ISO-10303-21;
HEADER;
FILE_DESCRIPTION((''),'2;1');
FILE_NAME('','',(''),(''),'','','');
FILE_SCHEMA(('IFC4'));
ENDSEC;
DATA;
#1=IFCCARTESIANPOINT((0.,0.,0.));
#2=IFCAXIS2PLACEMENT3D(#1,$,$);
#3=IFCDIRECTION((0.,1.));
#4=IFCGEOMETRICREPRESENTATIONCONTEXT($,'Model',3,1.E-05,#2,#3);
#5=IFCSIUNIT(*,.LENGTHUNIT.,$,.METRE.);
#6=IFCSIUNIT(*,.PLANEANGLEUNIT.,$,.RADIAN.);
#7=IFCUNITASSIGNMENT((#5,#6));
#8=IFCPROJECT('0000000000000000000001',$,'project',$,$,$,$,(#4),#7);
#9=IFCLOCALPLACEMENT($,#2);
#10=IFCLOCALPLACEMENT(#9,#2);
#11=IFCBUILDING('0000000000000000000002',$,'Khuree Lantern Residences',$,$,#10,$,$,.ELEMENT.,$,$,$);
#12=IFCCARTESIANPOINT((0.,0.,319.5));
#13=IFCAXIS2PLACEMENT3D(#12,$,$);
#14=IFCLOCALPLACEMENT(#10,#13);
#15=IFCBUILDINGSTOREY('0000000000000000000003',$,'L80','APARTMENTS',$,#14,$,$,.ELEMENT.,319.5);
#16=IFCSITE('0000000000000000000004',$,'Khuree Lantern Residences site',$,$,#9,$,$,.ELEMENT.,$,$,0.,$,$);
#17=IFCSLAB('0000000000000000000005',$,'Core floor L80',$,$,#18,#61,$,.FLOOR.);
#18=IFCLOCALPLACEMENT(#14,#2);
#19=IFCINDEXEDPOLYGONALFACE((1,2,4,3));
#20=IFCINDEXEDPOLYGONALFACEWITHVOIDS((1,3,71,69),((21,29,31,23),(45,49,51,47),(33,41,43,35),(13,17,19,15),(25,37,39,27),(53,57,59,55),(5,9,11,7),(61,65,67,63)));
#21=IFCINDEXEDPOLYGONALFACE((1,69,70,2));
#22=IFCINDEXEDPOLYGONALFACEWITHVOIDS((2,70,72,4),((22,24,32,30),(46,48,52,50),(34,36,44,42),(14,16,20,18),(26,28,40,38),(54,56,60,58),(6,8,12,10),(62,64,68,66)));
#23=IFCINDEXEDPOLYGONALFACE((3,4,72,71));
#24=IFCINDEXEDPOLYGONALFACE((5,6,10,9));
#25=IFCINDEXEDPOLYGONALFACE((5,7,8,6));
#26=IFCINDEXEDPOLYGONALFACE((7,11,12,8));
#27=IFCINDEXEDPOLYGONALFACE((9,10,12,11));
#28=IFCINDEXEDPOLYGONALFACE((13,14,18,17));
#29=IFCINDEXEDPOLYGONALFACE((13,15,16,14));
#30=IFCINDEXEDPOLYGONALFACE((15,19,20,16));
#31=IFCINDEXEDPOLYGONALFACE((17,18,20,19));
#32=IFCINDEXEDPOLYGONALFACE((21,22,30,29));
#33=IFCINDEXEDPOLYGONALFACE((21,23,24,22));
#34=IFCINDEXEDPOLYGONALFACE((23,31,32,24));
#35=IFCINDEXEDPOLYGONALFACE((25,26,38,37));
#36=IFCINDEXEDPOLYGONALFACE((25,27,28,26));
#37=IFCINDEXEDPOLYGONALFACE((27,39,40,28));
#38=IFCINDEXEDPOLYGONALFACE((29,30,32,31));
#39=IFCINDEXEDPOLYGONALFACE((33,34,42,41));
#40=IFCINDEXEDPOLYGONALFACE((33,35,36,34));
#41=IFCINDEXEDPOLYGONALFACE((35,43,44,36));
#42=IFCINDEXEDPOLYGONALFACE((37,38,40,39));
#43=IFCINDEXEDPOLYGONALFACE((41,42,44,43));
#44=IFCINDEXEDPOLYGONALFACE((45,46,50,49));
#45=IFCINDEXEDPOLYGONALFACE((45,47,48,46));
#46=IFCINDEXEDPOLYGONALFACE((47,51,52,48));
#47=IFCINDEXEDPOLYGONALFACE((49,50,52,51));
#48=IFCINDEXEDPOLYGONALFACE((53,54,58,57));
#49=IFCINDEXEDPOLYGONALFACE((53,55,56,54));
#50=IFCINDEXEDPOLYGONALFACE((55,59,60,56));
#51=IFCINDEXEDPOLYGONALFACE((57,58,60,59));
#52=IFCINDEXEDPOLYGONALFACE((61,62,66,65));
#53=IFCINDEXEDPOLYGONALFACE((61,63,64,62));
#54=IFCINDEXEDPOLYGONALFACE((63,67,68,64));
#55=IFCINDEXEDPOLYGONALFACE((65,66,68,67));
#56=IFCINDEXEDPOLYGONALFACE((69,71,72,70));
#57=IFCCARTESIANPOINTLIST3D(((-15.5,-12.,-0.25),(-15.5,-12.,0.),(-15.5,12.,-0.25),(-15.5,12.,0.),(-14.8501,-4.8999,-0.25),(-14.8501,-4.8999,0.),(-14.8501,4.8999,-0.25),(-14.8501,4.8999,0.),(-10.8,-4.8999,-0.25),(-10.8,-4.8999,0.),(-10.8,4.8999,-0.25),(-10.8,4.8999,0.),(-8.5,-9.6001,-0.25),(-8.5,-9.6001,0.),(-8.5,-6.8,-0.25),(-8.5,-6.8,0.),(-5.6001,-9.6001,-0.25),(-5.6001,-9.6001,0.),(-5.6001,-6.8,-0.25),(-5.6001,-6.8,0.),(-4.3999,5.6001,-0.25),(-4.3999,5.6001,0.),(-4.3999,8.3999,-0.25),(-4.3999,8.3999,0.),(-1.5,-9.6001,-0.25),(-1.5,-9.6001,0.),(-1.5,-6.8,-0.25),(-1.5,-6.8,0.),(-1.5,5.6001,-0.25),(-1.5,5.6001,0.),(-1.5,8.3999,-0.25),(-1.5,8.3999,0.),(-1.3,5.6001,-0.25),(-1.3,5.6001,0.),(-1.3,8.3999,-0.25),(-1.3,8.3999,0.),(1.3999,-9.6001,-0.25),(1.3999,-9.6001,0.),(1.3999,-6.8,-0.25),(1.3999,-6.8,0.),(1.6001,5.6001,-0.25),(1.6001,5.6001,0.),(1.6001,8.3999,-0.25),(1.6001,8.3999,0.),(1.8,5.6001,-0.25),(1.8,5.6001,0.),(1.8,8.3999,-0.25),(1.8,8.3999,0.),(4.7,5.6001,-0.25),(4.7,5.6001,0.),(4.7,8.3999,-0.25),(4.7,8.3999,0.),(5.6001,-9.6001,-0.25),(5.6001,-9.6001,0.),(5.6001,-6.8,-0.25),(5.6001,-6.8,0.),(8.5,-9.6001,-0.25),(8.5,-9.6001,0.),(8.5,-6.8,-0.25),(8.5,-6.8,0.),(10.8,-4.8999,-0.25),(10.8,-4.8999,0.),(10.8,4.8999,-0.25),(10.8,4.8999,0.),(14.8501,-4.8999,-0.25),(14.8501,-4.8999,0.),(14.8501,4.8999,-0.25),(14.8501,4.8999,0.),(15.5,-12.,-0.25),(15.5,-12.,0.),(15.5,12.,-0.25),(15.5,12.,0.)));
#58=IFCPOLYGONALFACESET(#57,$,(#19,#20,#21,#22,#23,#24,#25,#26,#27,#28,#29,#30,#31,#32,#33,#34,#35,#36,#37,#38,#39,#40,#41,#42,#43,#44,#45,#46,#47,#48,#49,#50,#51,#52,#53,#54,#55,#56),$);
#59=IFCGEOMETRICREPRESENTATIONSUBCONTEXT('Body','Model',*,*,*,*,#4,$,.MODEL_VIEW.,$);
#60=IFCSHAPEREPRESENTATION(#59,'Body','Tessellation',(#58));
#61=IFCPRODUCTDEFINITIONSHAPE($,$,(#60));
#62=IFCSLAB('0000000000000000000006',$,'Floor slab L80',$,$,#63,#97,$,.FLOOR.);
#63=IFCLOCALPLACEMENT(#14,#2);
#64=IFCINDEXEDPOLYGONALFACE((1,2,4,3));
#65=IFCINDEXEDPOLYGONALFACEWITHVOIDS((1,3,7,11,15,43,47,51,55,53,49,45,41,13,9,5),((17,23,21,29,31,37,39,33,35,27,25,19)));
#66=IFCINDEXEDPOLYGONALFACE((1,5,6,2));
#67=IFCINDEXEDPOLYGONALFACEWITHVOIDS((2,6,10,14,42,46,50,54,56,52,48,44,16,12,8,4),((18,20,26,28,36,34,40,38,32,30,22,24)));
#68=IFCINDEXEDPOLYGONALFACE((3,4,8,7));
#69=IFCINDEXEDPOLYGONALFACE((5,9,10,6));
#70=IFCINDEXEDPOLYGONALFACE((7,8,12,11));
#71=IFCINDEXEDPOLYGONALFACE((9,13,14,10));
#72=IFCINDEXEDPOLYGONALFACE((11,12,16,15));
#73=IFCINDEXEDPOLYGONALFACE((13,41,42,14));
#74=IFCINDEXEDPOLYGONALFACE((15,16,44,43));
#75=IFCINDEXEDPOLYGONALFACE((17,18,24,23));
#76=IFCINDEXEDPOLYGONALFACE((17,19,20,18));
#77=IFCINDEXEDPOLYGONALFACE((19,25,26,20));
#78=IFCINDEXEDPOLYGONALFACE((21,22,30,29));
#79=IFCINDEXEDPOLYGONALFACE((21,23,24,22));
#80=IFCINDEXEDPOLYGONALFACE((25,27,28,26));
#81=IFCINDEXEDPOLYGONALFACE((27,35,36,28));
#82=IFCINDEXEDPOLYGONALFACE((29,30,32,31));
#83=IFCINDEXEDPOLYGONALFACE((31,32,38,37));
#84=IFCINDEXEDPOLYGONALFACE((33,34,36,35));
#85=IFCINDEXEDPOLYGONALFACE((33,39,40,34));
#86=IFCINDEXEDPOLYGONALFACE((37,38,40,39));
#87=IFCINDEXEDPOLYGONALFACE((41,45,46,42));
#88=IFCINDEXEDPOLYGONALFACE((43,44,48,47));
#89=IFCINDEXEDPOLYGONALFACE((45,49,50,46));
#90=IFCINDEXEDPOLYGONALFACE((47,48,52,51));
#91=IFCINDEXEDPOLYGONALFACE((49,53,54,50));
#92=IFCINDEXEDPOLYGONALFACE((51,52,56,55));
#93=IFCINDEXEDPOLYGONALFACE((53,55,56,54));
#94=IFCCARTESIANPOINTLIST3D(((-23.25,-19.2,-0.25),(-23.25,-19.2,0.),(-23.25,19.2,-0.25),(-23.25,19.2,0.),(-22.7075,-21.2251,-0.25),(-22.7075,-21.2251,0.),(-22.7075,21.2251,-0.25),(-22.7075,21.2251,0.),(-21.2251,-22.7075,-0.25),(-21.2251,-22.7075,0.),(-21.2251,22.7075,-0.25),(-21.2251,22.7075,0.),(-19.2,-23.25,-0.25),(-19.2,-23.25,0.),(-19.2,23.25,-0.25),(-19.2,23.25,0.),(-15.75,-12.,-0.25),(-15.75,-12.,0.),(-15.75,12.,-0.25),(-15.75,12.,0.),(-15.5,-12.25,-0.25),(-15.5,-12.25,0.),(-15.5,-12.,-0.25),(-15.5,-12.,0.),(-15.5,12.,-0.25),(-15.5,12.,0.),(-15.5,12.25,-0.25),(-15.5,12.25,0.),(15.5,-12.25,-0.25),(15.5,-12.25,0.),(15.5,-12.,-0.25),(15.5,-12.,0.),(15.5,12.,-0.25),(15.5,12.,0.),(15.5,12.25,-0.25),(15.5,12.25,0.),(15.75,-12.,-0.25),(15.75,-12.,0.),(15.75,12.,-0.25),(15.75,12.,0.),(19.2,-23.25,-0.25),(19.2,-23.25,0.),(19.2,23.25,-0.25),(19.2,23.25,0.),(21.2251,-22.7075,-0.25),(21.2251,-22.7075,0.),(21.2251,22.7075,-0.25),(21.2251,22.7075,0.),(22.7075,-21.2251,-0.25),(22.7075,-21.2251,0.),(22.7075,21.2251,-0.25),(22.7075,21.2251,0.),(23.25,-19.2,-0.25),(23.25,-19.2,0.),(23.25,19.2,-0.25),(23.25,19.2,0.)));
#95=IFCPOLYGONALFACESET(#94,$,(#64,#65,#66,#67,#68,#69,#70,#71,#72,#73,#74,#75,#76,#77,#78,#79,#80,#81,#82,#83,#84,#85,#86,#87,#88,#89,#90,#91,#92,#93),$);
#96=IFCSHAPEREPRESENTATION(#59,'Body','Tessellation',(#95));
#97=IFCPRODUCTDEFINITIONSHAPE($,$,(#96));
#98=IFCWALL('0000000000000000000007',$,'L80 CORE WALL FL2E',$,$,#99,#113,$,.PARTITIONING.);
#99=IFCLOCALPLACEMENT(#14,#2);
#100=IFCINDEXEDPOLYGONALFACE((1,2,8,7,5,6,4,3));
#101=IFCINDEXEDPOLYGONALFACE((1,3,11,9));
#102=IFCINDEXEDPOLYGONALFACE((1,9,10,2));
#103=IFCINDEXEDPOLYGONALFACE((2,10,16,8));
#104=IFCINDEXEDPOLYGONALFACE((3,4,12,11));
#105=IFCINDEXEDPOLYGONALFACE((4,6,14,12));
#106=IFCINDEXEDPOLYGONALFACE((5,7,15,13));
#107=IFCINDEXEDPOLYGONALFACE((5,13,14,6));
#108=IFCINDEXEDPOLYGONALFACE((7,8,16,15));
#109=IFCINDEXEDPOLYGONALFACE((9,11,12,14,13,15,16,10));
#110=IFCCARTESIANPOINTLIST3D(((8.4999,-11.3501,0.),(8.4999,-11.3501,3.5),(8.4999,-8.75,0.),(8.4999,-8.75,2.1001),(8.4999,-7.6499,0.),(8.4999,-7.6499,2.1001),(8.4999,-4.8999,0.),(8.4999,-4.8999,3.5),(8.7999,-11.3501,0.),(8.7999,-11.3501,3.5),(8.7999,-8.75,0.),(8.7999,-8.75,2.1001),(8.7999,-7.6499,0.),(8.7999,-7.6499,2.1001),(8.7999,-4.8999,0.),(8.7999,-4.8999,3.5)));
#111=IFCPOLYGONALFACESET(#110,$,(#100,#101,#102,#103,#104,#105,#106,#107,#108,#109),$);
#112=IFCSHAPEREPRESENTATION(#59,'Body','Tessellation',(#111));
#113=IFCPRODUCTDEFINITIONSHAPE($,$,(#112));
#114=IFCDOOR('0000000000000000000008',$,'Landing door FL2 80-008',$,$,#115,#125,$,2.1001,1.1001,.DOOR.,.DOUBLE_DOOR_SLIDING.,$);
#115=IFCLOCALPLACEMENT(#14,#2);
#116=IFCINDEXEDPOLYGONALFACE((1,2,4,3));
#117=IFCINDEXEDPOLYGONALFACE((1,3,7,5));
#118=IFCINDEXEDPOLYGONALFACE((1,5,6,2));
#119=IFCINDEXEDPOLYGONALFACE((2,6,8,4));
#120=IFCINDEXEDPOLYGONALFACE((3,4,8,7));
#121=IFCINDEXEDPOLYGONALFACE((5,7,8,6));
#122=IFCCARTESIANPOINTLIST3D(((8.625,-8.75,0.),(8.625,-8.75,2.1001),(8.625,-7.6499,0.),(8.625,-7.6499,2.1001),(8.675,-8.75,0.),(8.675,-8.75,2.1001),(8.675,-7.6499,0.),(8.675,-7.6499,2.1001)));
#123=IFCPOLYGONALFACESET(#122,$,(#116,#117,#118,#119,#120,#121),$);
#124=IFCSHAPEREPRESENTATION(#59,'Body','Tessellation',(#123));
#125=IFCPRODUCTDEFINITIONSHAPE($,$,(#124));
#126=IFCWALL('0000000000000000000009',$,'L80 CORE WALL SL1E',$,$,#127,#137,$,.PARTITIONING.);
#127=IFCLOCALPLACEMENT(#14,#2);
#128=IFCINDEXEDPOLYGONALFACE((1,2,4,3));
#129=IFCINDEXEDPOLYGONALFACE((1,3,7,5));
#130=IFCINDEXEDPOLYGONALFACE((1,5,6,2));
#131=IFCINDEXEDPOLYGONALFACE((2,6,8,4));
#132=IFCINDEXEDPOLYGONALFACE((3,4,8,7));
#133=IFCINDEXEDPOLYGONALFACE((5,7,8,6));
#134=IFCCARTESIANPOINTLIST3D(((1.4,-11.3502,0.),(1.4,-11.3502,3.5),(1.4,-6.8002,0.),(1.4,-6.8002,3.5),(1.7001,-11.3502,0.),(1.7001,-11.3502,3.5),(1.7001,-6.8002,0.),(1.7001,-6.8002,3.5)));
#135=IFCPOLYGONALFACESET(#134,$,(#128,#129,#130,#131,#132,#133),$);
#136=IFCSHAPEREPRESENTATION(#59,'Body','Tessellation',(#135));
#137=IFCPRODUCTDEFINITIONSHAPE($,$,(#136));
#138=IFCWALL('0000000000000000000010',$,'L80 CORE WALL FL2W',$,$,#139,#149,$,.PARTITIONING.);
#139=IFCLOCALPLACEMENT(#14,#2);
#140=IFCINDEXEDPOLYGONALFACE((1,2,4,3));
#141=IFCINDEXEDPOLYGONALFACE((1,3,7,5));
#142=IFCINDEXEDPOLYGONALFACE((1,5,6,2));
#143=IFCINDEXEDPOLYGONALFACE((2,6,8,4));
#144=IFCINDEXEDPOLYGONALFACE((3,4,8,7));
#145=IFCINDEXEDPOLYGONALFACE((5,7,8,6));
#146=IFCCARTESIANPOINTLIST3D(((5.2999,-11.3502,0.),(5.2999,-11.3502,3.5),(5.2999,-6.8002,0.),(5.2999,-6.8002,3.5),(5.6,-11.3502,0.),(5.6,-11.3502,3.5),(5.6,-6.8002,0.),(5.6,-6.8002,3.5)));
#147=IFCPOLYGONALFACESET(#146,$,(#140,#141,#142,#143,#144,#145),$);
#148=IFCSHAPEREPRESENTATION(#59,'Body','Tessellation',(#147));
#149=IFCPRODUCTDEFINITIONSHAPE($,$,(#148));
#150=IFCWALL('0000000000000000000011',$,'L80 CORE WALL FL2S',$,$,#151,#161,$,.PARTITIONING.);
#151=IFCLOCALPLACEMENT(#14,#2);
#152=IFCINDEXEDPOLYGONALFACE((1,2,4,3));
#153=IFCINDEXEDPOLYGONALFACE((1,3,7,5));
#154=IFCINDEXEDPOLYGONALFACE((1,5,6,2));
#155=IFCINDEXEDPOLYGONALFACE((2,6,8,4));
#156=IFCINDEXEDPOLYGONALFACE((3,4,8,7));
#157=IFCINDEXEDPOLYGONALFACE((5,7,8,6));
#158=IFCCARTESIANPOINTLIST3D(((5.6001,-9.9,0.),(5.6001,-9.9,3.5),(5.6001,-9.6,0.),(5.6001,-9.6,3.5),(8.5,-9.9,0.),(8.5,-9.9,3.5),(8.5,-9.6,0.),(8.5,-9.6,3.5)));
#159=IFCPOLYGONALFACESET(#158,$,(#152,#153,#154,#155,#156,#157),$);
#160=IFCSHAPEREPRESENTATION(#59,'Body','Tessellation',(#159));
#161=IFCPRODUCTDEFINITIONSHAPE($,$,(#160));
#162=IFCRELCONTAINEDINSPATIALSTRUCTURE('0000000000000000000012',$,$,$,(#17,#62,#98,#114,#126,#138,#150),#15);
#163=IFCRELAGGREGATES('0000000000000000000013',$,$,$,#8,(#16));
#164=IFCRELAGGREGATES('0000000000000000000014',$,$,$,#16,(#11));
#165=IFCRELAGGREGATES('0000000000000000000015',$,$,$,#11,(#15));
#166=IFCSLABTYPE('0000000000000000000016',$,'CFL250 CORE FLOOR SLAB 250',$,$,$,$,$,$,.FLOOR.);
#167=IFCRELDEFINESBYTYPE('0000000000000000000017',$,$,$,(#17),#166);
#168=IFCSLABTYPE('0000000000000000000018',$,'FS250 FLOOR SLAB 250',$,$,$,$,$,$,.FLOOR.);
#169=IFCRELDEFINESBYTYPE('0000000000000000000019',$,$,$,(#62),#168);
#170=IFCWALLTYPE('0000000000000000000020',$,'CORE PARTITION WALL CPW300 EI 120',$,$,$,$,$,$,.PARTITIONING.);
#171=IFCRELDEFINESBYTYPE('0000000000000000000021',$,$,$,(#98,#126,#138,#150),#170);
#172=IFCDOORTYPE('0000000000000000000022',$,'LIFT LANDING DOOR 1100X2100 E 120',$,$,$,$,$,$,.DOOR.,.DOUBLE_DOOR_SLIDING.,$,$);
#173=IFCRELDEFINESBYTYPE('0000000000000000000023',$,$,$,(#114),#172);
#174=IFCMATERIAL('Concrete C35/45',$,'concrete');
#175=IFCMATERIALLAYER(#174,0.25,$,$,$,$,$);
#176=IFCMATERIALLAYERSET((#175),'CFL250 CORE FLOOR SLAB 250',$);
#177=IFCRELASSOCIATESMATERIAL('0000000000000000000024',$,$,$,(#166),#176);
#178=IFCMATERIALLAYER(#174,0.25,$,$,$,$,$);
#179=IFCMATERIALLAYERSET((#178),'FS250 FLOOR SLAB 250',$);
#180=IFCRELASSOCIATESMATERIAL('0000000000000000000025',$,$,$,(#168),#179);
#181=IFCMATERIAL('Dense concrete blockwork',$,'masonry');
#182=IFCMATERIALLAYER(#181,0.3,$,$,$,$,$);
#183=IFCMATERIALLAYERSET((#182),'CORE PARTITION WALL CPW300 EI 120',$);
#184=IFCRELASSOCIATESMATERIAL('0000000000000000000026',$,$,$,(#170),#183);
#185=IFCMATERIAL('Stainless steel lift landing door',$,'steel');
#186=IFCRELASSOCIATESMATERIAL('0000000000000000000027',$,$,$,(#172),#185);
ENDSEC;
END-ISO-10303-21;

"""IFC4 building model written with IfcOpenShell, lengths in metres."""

from ifc_helpers import new_model, si_unit, direction, frame, frame_2d, origin, place, context, subcontext, project, spatial, polyline, rectangle, outline, extrude, material, layer, layer_set, type_object, element, fill, save


model = new_model("IFC4")

# Units and contexts
model_context = context("Model", 3, precision=1e-05, world=origin(), true_north=direction((0.0, 1.0)))
body_context = subcontext(model_context, "Body", "Model", "MODEL_VIEW")
ifc_project = project(units=[si_unit("LENGTHUNIT", "METRE"), si_unit("PLANEANGLEUNIT", "RADIAN")], contexts=[model_context])

# Site, building, storey
site_placement = place(None, origin())
site = spatial("IfcSite", under=ifc_project, at=site_placement, Name="Khuree Lantern Residences site", CompositionType="ELEMENT", RefElevation=0.0)
building_placement = place(site_placement, origin())
building = spatial("IfcBuilding", under=site, at=building_placement, Name="Khuree Lantern Residences", CompositionType="ELEMENT")
storey_placement = place(building_placement, frame((0.0, 0.0, 319.5)))
storey = spatial("IfcBuildingStorey", under=building, at=storey_placement, Name="L80", Description="APARTMENTS", CompositionType="ELEMENT", Elevation=319.5)

# Slabs
ifc_material_1 = material(Name="Concrete C35/45", Category="concrete")
ifc_layer_1 = layer(ifc_material_1, 0.25)
ifc_layer_set_1 = layer_set([ifc_layer_1], Name="CFL250 CORE FLOOR SLAB 250")
slab_type_1 = type_object("IfcSlabType", Name="CFL250 CORE FLOOR SLAB 250", PredefinedType="FLOOR", material=ifc_layer_set_1)
slab_1_placement = place(storey_placement, frame((0.0, 0.0, -0.25)))
element("IfcSlab", 1, at=slab_1_placement, inside=storey, type_object=slab_type_1, Name="Core floor L80", PredefinedType="FLOOR", context=body_context, shape_type="SweptSolid", body=[
    extrude(outline(polyline([(-15.5, -12.0), (-15.5, 12.0), (15.5, 12.0), (15.5, -12.0), (-15.5, -12.0)]), holes=[polyline([(10.8, 4.8999), (10.8, -4.8999), (14.8501, -4.8999), (14.8501, 4.8999), (10.8, 4.8999)]), polyline([(5.6001, -6.8), (5.6001, -9.6001), (8.5, -9.6001), (8.5, -6.8), (5.6001, -6.8)]), polyline([(1.8, 8.3999), (1.8, 5.6001), (4.7, 5.6001), (4.7, 8.3999), (1.8, 8.3999)]), polyline([(-1.3, 8.3999), (-1.3, 5.6001), (1.6001, 5.6001), (1.6001, 8.3999), (-1.3, 8.3999)]), polyline([(-1.5, -6.8), (-1.5, -9.6001), (1.3999, -9.6001), (1.3999, -6.8), (-1.5, -6.8)]), polyline([(-4.3999, 8.3999), (-4.3999, 5.6001), (-1.5, 5.6001), (-1.5, 8.3999), (-4.3999, 8.3999)]), polyline([(-8.5, -6.8), (-8.5, -9.6001), (-5.6001, -9.6001), (-5.6001, -6.8), (-8.5, -6.8)]), polyline([(-14.8501, 4.8999), (-14.8501, -4.8999), (-10.8, -4.8999), (-10.8, 4.8999), (-14.8501, 4.8999)])]), origin(), (0.0, 0.0, 1.0), 0.25),
])
ifc_layer_2 = layer(ifc_material_1, 0.25)
ifc_layer_set_2 = layer_set([ifc_layer_2], Name="FS250 FLOOR SLAB 250")
slab_type_2 = type_object("IfcSlabType", Name="FS250 FLOOR SLAB 250", PredefinedType="FLOOR", material=ifc_layer_set_2)
slab_2_placement = place(storey_placement, frame((0.0, 0.0, -0.25)))
element("IfcSlab", 2, at=slab_2_placement, inside=storey, type_object=slab_type_2, Name="Floor slab L80", PredefinedType="FLOOR", context=body_context, shape_type="SweptSolid", body=[
    extrude(outline(polyline([(-21.2251, -22.7075), (-22.7075, -21.2251), (-23.25, -19.2), (-23.25, 19.2), (-22.7075, 21.2251), (-21.2251, 22.7075), (-19.2, 23.25), (19.2, 23.25), (21.2251, 22.7075), (22.7075, 21.2251), (23.25, 19.2), (23.25, -19.2), (22.7075, -21.2251), (21.2251, -22.7075), (19.2, -23.25), (-19.2, -23.25), (-21.2251, -22.7075)]), holes=[polyline([(15.75, 12.0), (15.5, 12.0), (15.5, 12.25), (-15.5, 12.25), (-15.5, 12.0), (-15.75, 12.0), (-15.75, -12.0), (-15.5, -12.0), (-15.5, -12.25), (15.5, -12.25), (15.5, -12.0), (15.75, -12.0), (15.75, 12.0)])]), origin(), (0.0, 0.0, 1.0), 0.25),
])

# Wall, opening, door
ifc_material_2 = material(Name="Dense concrete blockwork", Category="masonry")
ifc_layer_3 = layer(ifc_material_2, 0.3)
ifc_layer_set_3 = layer_set([ifc_layer_3], Name="CORE PARTITION WALL CPW300 EI 120")
wall_type_1 = type_object("IfcWallType", Name="CORE PARTITION WALL CPW300 EI 120", PredefinedType="PARTITIONING", material=ifc_layer_set_3)
wall_1_placement = place(storey_placement, frame((8.6499, -11.3501, 0.0), z_axis=(0.0, 0.0, 1.0), x_axis=(0.0, 1.0, 0.0)))
wall_1 = element("IfcWall", 3, at=wall_1_placement, inside=storey, type_object=wall_type_1, Name="L80 CORE WALL FL2E", PredefinedType="PARTITIONING", context=body_context, shape_type="SweptSolid", body=[
    extrude(rectangle(XDim=6.4502, YDim=0.3, at=frame_2d((3.2251, 0.0))), origin(), (0.0, 0.0, 1.0), 3.5),
])
opening_1_placement = place(wall_1_placement, frame((2.6001, 0.0, 0.0)))
opening_1 = element("IfcOpeningElement", 4, at=opening_1_placement, cuts=wall_1, PredefinedType="OPENING", context=body_context, shape_type="SweptSolid", body=[
    extrude(rectangle(XDim=1.1001, YDim=2.1001, at=frame_2d((0.55, 1.05))), frame((0.0, 0.1602, 0.0), z_axis=(0.0, -1.0, 0.0), x_axis=(1.0, 0.0, 0.0)), (0.0, 0.0, 1.0), 0.3201),
])
ifc_material_3 = material(Name="Stainless steel lift landing door", Category="steel")
door_type_1 = type_object("IfcDoorType", Name="LIFT LANDING DOOR 1100X2100 E 120", OperationType="DOUBLE_DOOR_SLIDING", PredefinedType="DOOR", material=ifc_material_3)
door_1_placement = place(opening_1_placement, origin())
door_1 = element("IfcDoor", 5, at=door_1_placement, inside=storey, type_object=door_type_1, Name="Landing door FL2 80-008", OperationType="DOUBLE_DOOR_SLIDING", OverallHeight=2.1001, OverallWidth=1.1001, PredefinedType="DOOR", context=body_context, shape_type="SweptSolid", body=[
    extrude(rectangle(XDim=1.1001, YDim=2.1001, at=frame_2d((0.55, 1.05))), frame((0.0, 0.0249, 0.0), z_axis=(0.0, -1.0, 0.0), x_axis=(1.0, 0.0, 0.0)), (0.0, 0.0, 1.0), 0.05),
])
fill(opening_1, door_1)

# Walls
for number, where, z_axis, x_axis, name in (
    (6, (1.55, -11.3501, 0.0), (0.0, 0.0, 1.0), (0.0, 1.0, 0.0), "L80 CORE WALL SL1E"),
    (7, (5.45, -11.3501, 0.0), (0.0, 0.0, 1.0), (0.0, 1.0, 0.0), "L80 CORE WALL FL2W"),
):
    element("IfcWall", number, at=place(storey_placement, frame(where, z_axis=z_axis, x_axis=x_axis)), inside=storey, type_object=wall_type_1, Name=name, PredefinedType="PARTITIONING", context=body_context, shape_type="SweptSolid", body=[
        extrude(rectangle(XDim=4.55, YDim=0.3, at=frame_2d((2.2749, 0.0))), origin(), (0.0, 0.0, 1.0), 3.5),
    ])
wall_2_placement = place(storey_placement, frame((5.6001, -9.75, 0.0), z_axis=(0.0, 0.0, 1.0), x_axis=(1.0, 0.0, 0.0)))
element("IfcWall", 8, at=wall_2_placement, inside=storey, type_object=wall_type_1, Name="L80 CORE WALL FL2S", PredefinedType="PARTITIONING", context=body_context, shape_type="SweptSolid", body=[
    extrude(rectangle(XDim=2.8999, YDim=0.3, at=frame_2d((1.45, 0.0))), origin(), (0.0, 0.0, 1.0), 3.5),
])

save(model, "model.ifc")
